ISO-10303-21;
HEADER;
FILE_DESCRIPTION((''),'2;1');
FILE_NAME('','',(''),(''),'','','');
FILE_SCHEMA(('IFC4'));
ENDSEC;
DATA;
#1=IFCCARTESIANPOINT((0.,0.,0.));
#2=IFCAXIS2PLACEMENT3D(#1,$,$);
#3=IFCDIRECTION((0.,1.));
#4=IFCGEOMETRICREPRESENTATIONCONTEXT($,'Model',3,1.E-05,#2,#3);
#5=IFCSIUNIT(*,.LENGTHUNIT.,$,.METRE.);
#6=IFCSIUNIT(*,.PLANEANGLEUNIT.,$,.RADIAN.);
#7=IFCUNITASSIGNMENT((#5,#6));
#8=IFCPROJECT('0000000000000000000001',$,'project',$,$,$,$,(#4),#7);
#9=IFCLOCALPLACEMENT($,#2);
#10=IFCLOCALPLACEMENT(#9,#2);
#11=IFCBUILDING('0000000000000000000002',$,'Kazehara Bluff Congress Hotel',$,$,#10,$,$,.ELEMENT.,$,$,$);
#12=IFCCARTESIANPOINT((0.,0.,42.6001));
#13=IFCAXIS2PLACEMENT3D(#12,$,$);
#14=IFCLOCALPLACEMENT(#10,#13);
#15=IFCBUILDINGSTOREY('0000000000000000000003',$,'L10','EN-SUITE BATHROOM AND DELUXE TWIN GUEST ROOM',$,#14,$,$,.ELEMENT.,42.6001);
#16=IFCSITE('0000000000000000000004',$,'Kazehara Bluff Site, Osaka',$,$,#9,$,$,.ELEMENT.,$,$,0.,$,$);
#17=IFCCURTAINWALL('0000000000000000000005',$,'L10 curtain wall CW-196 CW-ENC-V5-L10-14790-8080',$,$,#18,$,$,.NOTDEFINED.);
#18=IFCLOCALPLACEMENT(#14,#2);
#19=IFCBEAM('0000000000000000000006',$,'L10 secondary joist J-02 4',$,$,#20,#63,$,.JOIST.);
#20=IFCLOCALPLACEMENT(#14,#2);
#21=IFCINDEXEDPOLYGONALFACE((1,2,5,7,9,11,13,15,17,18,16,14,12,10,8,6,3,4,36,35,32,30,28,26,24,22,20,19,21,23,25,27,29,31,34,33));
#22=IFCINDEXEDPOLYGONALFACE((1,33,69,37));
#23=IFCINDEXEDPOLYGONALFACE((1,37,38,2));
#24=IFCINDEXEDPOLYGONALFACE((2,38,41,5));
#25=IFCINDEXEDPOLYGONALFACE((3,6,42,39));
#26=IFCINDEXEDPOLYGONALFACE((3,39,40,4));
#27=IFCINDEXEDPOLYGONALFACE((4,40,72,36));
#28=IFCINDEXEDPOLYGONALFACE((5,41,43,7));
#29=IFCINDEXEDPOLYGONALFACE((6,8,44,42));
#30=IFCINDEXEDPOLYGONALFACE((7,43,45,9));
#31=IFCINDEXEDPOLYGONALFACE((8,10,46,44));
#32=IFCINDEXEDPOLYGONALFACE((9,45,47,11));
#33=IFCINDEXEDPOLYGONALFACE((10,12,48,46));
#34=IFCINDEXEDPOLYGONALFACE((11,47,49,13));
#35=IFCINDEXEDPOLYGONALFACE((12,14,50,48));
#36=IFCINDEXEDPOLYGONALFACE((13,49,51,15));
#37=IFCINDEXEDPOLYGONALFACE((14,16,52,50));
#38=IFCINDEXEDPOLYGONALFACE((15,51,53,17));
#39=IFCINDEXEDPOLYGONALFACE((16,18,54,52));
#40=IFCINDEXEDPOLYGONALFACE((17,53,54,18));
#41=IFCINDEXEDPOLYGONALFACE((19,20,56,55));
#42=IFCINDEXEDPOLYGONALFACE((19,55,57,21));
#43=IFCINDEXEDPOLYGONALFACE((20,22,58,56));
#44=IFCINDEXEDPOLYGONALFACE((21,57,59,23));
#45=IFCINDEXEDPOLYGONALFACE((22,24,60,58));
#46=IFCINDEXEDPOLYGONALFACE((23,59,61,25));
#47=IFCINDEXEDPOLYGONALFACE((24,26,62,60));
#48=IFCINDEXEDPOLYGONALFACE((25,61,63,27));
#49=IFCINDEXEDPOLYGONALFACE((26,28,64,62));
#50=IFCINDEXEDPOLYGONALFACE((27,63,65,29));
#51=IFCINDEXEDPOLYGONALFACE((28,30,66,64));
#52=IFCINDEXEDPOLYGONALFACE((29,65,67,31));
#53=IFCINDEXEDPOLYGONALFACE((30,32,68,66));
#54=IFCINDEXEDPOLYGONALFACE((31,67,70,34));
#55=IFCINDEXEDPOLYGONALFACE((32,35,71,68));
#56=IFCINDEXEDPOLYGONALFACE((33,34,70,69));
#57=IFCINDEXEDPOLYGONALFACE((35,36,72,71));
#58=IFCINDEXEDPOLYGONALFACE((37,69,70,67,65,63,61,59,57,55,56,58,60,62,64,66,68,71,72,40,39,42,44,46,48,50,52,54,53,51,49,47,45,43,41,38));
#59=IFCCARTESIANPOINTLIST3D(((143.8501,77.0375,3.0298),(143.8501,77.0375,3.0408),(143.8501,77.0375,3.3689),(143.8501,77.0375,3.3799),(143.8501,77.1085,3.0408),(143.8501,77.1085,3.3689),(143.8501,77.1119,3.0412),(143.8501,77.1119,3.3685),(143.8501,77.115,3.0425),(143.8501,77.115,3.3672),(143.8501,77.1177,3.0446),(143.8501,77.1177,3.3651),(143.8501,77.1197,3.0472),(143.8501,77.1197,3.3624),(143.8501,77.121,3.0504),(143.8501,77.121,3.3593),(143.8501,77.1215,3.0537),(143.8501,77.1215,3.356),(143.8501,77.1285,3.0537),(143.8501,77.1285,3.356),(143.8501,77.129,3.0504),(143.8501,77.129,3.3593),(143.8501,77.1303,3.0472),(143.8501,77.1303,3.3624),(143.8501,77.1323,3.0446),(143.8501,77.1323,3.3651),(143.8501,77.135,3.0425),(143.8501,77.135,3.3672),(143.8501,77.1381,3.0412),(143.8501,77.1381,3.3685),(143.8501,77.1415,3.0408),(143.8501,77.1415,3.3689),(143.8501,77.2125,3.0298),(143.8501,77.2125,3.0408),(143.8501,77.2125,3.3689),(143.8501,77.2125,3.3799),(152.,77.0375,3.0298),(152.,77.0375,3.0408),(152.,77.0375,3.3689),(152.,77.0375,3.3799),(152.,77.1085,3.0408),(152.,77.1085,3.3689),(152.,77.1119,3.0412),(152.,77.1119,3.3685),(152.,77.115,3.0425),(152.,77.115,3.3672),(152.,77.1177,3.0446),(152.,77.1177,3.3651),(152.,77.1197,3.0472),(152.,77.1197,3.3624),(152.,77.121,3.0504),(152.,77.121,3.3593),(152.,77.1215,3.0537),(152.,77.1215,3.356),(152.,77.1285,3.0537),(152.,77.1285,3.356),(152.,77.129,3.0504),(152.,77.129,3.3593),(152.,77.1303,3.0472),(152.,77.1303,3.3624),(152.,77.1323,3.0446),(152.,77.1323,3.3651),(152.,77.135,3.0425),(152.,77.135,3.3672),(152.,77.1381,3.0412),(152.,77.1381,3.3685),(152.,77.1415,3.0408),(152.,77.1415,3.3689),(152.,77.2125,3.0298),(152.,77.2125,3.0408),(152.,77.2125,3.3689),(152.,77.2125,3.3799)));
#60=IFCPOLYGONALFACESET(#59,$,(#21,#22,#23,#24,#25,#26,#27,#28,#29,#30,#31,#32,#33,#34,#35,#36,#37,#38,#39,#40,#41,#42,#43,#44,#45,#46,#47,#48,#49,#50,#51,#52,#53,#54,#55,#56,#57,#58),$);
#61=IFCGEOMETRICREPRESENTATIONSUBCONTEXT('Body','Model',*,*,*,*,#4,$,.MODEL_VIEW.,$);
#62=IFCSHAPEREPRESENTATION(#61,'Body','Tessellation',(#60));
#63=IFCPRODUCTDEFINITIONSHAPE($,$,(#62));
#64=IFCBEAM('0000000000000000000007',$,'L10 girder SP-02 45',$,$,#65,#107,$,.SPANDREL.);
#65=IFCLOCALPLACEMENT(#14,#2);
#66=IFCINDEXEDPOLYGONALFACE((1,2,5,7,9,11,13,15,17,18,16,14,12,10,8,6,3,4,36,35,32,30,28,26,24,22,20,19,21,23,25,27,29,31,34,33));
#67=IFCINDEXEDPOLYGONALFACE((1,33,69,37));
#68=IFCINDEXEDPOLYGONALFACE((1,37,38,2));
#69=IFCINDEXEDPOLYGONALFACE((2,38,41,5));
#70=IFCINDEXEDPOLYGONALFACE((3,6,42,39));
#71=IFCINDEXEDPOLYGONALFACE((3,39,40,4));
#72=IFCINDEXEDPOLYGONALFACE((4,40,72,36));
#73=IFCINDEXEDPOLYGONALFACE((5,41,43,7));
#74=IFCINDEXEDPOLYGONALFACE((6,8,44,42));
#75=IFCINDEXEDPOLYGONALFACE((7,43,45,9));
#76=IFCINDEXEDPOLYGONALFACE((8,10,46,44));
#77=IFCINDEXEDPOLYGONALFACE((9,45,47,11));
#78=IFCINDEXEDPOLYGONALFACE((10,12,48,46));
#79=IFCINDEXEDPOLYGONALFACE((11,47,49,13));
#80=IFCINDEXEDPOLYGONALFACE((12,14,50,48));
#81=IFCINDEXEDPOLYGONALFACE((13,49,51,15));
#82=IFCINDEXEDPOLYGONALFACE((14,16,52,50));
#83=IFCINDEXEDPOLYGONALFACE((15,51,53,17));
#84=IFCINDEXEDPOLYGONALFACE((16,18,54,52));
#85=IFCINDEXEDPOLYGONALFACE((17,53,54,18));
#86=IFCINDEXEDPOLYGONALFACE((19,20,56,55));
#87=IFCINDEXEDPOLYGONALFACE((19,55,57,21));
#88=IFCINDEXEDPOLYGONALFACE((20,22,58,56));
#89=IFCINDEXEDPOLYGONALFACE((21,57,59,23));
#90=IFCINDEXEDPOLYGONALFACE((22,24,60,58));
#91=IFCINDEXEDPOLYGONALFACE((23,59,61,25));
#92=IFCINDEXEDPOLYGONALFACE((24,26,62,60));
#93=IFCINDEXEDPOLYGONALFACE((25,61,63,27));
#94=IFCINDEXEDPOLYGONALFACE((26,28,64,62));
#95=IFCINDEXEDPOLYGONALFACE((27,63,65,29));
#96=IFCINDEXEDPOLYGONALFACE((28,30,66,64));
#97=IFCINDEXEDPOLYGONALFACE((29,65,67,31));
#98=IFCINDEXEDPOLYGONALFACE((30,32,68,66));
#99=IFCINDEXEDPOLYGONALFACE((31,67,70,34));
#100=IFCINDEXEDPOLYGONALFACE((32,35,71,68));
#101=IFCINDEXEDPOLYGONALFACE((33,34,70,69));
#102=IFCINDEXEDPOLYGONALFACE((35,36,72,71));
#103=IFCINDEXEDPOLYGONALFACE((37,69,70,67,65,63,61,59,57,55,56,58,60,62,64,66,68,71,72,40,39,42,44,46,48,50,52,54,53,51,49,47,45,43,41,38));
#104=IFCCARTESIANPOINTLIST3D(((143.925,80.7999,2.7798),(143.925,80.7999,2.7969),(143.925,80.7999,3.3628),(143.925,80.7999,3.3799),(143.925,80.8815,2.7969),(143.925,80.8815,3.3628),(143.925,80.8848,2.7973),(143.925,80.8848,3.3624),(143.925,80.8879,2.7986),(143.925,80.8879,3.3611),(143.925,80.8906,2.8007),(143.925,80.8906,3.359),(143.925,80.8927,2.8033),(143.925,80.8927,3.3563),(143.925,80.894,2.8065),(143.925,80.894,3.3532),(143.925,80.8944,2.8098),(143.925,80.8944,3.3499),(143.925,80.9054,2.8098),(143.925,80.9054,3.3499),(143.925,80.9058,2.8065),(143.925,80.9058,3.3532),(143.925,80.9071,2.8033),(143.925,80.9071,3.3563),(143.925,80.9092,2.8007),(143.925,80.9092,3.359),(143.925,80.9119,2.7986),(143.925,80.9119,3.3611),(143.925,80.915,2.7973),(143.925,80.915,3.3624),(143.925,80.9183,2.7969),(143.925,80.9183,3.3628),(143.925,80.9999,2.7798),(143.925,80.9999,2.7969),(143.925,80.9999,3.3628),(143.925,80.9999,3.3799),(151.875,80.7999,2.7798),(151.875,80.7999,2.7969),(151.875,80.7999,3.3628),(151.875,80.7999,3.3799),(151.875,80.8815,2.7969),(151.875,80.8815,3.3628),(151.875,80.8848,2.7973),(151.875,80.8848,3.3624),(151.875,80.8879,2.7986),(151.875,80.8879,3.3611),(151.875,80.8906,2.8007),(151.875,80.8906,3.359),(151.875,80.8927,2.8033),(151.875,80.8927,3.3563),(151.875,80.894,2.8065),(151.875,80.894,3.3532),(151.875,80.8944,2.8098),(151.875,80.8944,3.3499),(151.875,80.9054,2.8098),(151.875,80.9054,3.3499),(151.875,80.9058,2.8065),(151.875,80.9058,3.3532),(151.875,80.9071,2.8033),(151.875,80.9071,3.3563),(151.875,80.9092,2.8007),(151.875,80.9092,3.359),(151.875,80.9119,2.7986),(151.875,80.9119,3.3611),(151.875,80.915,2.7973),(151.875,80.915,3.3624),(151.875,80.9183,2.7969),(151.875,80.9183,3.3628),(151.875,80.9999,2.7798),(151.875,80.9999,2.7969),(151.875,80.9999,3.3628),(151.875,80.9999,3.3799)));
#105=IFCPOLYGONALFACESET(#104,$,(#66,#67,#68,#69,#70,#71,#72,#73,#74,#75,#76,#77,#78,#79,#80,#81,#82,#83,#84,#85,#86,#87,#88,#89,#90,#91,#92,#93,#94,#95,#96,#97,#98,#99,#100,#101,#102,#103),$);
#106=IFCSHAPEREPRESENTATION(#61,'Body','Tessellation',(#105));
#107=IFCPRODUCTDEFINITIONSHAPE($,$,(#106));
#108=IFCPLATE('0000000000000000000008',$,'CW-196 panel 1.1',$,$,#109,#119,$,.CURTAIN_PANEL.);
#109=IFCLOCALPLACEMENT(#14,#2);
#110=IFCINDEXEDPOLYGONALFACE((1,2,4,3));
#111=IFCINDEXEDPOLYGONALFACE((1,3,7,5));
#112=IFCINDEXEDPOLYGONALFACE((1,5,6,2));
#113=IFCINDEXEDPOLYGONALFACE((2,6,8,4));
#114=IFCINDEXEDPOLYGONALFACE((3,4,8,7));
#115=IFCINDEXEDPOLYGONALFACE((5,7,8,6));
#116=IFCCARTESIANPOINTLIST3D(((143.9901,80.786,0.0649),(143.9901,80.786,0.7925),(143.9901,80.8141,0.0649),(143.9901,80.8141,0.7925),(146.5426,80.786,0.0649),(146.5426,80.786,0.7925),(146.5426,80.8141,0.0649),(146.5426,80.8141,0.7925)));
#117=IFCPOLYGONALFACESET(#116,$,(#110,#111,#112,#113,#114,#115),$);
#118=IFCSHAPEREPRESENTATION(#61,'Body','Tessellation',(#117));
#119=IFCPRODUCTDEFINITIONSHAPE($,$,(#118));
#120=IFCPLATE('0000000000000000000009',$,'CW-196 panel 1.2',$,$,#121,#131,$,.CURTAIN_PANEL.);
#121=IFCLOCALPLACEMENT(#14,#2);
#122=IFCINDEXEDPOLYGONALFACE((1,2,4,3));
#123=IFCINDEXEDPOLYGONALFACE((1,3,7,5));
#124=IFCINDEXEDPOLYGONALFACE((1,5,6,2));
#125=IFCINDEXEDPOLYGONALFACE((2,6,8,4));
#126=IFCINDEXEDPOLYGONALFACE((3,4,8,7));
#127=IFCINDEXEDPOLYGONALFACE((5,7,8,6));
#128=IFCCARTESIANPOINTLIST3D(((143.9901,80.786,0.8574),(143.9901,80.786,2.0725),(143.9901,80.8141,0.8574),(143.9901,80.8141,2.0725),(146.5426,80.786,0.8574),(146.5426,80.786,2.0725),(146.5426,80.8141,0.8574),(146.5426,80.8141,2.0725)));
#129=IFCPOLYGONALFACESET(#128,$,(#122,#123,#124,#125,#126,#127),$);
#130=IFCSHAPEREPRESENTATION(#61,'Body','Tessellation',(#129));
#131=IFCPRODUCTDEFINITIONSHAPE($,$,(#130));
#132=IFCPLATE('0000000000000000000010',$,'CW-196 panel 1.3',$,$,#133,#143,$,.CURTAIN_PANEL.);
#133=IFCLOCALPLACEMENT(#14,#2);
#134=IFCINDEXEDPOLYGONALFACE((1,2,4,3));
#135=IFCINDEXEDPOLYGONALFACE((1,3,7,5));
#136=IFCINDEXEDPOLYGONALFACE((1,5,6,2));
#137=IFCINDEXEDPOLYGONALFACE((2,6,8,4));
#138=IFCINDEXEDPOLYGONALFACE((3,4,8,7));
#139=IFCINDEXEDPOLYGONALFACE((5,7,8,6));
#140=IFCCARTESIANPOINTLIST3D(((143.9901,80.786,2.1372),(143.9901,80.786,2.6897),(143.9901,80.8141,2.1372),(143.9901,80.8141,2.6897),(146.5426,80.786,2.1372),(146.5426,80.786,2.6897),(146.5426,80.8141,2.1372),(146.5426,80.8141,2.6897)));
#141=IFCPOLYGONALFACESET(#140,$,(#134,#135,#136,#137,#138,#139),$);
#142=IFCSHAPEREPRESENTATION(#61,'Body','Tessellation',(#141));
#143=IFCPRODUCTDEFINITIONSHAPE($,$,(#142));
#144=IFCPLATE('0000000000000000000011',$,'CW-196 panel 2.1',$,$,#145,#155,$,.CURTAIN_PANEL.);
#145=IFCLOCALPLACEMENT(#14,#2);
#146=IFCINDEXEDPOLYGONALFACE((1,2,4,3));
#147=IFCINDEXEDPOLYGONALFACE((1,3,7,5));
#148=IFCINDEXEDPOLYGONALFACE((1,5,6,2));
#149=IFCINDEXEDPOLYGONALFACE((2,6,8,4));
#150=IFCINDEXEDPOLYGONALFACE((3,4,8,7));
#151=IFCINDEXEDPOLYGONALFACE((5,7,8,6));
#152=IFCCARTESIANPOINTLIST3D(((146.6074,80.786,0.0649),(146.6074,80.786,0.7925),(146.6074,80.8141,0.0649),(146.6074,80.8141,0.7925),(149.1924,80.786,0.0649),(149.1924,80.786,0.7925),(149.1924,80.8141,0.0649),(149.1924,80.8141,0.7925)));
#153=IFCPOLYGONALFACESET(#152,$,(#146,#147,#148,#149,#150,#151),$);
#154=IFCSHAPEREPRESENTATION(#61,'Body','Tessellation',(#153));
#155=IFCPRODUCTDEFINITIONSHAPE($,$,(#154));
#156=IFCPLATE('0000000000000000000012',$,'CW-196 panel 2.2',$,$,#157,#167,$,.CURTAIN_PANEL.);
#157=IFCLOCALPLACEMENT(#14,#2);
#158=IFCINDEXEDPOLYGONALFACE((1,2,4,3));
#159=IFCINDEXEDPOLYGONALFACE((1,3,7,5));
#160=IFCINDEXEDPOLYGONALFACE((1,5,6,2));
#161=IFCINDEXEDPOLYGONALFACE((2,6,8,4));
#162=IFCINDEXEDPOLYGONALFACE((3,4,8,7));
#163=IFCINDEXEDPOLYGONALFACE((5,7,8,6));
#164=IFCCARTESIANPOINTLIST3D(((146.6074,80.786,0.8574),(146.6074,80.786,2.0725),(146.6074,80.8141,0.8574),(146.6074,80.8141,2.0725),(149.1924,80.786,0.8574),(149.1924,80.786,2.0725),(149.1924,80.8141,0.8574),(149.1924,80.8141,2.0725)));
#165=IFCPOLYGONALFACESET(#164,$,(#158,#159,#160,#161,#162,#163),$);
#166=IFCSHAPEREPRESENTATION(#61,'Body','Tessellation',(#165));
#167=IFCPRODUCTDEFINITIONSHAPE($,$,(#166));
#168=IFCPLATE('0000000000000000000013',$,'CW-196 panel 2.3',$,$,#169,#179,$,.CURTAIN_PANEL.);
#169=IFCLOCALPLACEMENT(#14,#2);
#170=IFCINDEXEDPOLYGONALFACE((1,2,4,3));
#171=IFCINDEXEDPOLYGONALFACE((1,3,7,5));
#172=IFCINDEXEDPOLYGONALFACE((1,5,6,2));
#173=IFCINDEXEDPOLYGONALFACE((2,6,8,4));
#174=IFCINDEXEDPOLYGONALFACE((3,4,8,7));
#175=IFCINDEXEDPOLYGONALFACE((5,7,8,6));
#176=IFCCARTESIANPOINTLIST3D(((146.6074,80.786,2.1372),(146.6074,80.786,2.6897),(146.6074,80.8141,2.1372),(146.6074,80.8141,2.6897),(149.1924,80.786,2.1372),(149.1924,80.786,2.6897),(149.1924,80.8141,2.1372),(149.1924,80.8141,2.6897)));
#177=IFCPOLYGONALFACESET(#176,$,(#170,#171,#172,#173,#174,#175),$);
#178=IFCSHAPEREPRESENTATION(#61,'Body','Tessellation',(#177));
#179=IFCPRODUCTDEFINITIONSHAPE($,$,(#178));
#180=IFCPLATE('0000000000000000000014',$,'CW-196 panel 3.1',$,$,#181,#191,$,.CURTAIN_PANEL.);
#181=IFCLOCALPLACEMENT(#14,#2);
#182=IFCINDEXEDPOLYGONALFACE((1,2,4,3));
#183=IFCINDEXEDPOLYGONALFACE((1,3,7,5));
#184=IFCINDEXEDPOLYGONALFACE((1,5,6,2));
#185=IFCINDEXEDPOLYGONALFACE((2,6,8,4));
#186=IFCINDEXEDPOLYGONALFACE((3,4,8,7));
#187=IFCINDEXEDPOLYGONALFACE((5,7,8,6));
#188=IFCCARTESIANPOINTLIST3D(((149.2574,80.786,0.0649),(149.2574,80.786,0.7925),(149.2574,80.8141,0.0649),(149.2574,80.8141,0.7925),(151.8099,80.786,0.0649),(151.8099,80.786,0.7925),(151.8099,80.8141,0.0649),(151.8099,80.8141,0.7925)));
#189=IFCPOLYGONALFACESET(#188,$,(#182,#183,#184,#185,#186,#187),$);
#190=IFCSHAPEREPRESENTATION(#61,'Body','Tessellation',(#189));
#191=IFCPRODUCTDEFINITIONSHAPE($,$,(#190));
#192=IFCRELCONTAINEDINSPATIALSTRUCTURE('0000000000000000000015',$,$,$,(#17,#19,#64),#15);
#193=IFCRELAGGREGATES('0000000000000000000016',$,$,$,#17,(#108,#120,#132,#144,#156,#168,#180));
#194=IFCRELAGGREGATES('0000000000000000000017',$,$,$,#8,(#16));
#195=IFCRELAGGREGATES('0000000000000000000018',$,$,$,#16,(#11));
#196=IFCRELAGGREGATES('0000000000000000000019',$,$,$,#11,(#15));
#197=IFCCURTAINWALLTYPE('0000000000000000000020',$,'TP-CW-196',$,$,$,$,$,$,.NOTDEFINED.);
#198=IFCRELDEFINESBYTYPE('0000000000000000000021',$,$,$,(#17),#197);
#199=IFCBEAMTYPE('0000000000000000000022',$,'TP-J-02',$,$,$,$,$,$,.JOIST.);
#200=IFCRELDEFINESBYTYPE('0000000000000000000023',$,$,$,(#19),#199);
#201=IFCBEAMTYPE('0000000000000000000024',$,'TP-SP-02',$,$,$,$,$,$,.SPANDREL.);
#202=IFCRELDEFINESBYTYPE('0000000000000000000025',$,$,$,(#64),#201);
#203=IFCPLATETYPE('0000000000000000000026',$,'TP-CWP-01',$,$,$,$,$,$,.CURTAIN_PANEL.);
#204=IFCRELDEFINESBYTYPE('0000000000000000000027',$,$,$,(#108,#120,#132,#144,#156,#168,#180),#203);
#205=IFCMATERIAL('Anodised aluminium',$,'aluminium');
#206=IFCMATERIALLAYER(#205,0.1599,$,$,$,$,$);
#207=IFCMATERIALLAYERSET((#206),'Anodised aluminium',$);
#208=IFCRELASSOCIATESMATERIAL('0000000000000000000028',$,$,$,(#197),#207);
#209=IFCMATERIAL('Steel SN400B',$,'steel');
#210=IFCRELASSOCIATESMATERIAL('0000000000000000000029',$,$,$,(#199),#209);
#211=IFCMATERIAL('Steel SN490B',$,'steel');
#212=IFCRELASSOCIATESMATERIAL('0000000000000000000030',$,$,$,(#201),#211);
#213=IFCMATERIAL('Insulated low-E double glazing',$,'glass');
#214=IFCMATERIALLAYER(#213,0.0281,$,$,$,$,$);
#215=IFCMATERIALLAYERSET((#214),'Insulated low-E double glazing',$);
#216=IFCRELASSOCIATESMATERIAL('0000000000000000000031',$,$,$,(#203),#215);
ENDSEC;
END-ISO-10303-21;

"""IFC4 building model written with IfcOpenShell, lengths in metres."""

from ifc_helpers import new_model, si_unit, direction, frame, origin, origin_2d, place, context, subcontext, project, spatial, rectangle, i_section, extrude, material, layer, layer_set, material_profile, profile_set, type_object, element, aggregate, save


model = new_model("IFC4")

# Units and contexts
model_context = context("Model", 3, precision=1e-05, world=origin(), true_north=direction((0.0, 1.0)))
body_context = subcontext(model_context, "Body", "Model", "MODEL_VIEW")
ifc_project = project(units=[si_unit("LENGTHUNIT", "METRE"), si_unit("PLANEANGLEUNIT", "RADIAN")], contexts=[model_context])

# Site, building, storey
site_placement = place(None, origin())
site = spatial("IfcSite", under=ifc_project, at=site_placement, Name="Kazehara Bluff Site, Osaka", CompositionType="ELEMENT", RefElevation=0.0)
building_placement = place(site_placement, origin())
building = spatial("IfcBuilding", under=site, at=building_placement, Name="Kazehara Bluff Congress Hotel", CompositionType="ELEMENT")
storey_placement = place(building_placement, frame((0.0, 0.0, 42.6001)))
storey = spatial("IfcBuildingStorey", under=building, at=storey_placement, Name="L10", Description="EN-SUITE BATHROOM AND DELUXE TWIN GUEST ROOM", CompositionType="ELEMENT", Elevation=42.6001)

# Curtain wall
ifc_material_1 = material(Name="Anodised aluminium", Category="aluminium")
ifc_layer_1 = layer(ifc_material_1, 0.1599)
ifc_layer_set_1 = layer_set([ifc_layer_1], Name="Anodised aluminium")
curtain_wall_type = type_object("IfcCurtainWallType", Name="TP-CW-196", PredefinedType="NOTDEFINED", material=ifc_layer_set_1)
curtain_wall_placement = place(storey_placement, origin())
curtain_wall = element("IfcCurtainWall", 1, at=curtain_wall_placement, inside=storey, type_object=curtain_wall_type, Name="L10 curtain wall CW-196 CW-ENC-V5-L10-14790-8080", PredefinedType="NOTDEFINED")

# Beams
ifc_material_2 = material(Name="Steel SN400B", Category="steel")
ifc_material_profile_1 = material_profile(ifc_material_2, i_section(OverallWidth=0.175, OverallDepth=0.3501, WebThickness=0.0071, FlangeThickness=0.011, FilletRadius=0.0129, at=origin_2d()))
ifc_profile_set_1 = profile_set([ifc_material_profile_1], Name="Steel SN400B")
beam_type_1 = type_object("IfcBeamType", Name="TP-J-02", PredefinedType="JOIST", material=ifc_profile_set_1)
beam_1_placement = place(storey_placement, frame((143.8501, 77.125, 3.2048), z_axis=(1.0, 0.0, 0.0), x_axis=(0.0, 1.0, 0.0)))
element("IfcBeam", 2, at=beam_1_placement, inside=storey, type_object=beam_type_1, Name="L10 secondary joist J-02 4", PredefinedType="JOIST", context=body_context, shape_type="SweptSolid", body=[
    extrude(i_section(OverallWidth=0.175, OverallDepth=0.3501, WebThickness=0.0071, FlangeThickness=0.011, FilletRadius=0.0129, at=origin_2d()), origin(), (0.0, 0.0, 1.0), 8.1499),
])
ifc_material_3 = material(Name="Steel SN490B", Category="steel")
ifc_material_profile_2 = material_profile(ifc_material_3, i_section(OverallWidth=0.2, OverallDepth=0.6001, WebThickness=0.011, FlangeThickness=0.0171, FilletRadius=0.0129, at=origin_2d()))
ifc_profile_set_2 = profile_set([ifc_material_profile_2], Name="Steel SN490B")
beam_type_2 = type_object("IfcBeamType", Name="TP-SP-02", PredefinedType="SPANDREL", material=ifc_profile_set_2)
beam_2_placement = place(storey_placement, frame((143.925, 80.8999, 3.0798), z_axis=(1.0, 0.0, 0.0), x_axis=(0.0, 1.0, 0.0)))
element("IfcBeam", 3, at=beam_2_placement, inside=storey, type_object=beam_type_2, Name="L10 girder SP-02 45", PredefinedType="SPANDREL", context=body_context, shape_type="SweptSolid", body=[
    extrude(i_section(OverallWidth=0.2, OverallDepth=0.6001, WebThickness=0.011, FlangeThickness=0.0171, FilletRadius=0.0129, at=origin_2d()), origin(), (0.0, 0.0, 1.0), 7.95),
])

# Plates
ifc_material_4 = material(Name="Insulated low-E double glazing", Category="glass")
ifc_layer_2 = layer(ifc_material_4, 0.0281)
ifc_layer_set_2 = layer_set([ifc_layer_2], Name="Insulated low-E double glazing")
plate_type = type_object("IfcPlateType", Name="TP-CWP-01", PredefinedType="CURTAIN_PANEL", material=ifc_layer_set_2)
plate_1_placement = place(storey_placement, frame((145.2664, 80.8, 0.0649), z_axis=(0.0, 0.0, 1.0), x_axis=(1.0, 0.0, 0.0)))
plate_1 = element("IfcPlate", 4, at=plate_1_placement, type_object=plate_type, Name="CW-196 panel 1.1", PredefinedType="CURTAIN_PANEL", context=body_context, shape_type="SweptSolid", body=[
    extrude(rectangle(XDim=2.5525, YDim=0.0281, at=origin_2d()), origin(), (0.0, 0.0, 1.0), 0.7275),
])
plate_2_placement = place(storey_placement, frame((145.2664, 80.8, 0.8574), z_axis=(0.0, 0.0, 1.0), x_axis=(1.0, 0.0, 0.0)))
plate_2 = element("IfcPlate", 5, at=plate_2_placement, type_object=plate_type, Name="CW-196 panel 1.2", PredefinedType="CURTAIN_PANEL", context=body_context, shape_type="SweptSolid", body=[
    extrude(rectangle(XDim=2.5525, YDim=0.0281, at=origin_2d()), origin(), (0.0, 0.0, 1.0), 1.2151),
])
plate_3_placement = place(storey_placement, frame((145.2664, 80.8, 2.1372), z_axis=(0.0, 0.0, 1.0), x_axis=(1.0, 0.0, 0.0)))
plate_3 = element("IfcPlate", 6, at=plate_3_placement, type_object=plate_type, Name="CW-196 panel 1.3", PredefinedType="CURTAIN_PANEL", context=body_context, shape_type="SweptSolid", body=[
    extrude(rectangle(XDim=2.5525, YDim=0.0281, at=origin_2d()), origin(), (0.0, 0.0, 1.0), 0.5525),
])
plate_4_placement = place(storey_placement, frame((147.8999, 80.8, 0.0649), z_axis=(0.0, 0.0, 1.0), x_axis=(1.0, 0.0, 0.0)))
plate_4 = element("IfcPlate", 7, at=plate_4_placement, type_object=plate_type, Name="CW-196 panel 2.1", PredefinedType="CURTAIN_PANEL", context=body_context, shape_type="SweptSolid", body=[
    extrude(rectangle(XDim=2.585, YDim=0.0281, at=origin_2d()), origin(), (0.0, 0.0, 1.0), 0.7275),
])
plate_5_placement = place(storey_placement, frame((147.8999, 80.8, 0.8574), z_axis=(0.0, 0.0, 1.0), x_axis=(1.0, 0.0, 0.0)))
plate_5 = element("IfcPlate", 8, at=plate_5_placement, type_object=plate_type, Name="CW-196 panel 2.2", PredefinedType="CURTAIN_PANEL", context=body_context, shape_type="SweptSolid", body=[
    extrude(rectangle(XDim=2.585, YDim=0.0281, at=origin_2d()), origin(), (0.0, 0.0, 1.0), 1.2151),
])
plate_6_placement = place(storey_placement, frame((147.8999, 80.8, 2.1372), z_axis=(0.0, 0.0, 1.0), x_axis=(1.0, 0.0, 0.0)))
plate_6 = element("IfcPlate", 9, at=plate_6_placement, type_object=plate_type, Name="CW-196 panel 2.3", PredefinedType="CURTAIN_PANEL", context=body_context, shape_type="SweptSolid", body=[
    extrude(rectangle(XDim=2.585, YDim=0.0281, at=origin_2d()), origin(), (0.0, 0.0, 1.0), 0.5525),
])
plate_7_placement = place(storey_placement, frame((150.5337, 80.8, 0.0649), z_axis=(0.0, 0.0, 1.0), x_axis=(1.0, 0.0, 0.0)))
plate_7 = element("IfcPlate", 10, at=plate_7_placement, type_object=plate_type, Name="CW-196 panel 3.1", PredefinedType="CURTAIN_PANEL", context=body_context, shape_type="SweptSolid", body=[
    extrude(rectangle(XDim=2.5525, YDim=0.0281, at=origin_2d()), origin(), (0.0, 0.0, 1.0), 0.7275),
])
aggregate(curtain_wall, [plate_1, plate_2, plate_3, plate_4, plate_5, plate_6, plate_7])

save(model, "model.ifc")
